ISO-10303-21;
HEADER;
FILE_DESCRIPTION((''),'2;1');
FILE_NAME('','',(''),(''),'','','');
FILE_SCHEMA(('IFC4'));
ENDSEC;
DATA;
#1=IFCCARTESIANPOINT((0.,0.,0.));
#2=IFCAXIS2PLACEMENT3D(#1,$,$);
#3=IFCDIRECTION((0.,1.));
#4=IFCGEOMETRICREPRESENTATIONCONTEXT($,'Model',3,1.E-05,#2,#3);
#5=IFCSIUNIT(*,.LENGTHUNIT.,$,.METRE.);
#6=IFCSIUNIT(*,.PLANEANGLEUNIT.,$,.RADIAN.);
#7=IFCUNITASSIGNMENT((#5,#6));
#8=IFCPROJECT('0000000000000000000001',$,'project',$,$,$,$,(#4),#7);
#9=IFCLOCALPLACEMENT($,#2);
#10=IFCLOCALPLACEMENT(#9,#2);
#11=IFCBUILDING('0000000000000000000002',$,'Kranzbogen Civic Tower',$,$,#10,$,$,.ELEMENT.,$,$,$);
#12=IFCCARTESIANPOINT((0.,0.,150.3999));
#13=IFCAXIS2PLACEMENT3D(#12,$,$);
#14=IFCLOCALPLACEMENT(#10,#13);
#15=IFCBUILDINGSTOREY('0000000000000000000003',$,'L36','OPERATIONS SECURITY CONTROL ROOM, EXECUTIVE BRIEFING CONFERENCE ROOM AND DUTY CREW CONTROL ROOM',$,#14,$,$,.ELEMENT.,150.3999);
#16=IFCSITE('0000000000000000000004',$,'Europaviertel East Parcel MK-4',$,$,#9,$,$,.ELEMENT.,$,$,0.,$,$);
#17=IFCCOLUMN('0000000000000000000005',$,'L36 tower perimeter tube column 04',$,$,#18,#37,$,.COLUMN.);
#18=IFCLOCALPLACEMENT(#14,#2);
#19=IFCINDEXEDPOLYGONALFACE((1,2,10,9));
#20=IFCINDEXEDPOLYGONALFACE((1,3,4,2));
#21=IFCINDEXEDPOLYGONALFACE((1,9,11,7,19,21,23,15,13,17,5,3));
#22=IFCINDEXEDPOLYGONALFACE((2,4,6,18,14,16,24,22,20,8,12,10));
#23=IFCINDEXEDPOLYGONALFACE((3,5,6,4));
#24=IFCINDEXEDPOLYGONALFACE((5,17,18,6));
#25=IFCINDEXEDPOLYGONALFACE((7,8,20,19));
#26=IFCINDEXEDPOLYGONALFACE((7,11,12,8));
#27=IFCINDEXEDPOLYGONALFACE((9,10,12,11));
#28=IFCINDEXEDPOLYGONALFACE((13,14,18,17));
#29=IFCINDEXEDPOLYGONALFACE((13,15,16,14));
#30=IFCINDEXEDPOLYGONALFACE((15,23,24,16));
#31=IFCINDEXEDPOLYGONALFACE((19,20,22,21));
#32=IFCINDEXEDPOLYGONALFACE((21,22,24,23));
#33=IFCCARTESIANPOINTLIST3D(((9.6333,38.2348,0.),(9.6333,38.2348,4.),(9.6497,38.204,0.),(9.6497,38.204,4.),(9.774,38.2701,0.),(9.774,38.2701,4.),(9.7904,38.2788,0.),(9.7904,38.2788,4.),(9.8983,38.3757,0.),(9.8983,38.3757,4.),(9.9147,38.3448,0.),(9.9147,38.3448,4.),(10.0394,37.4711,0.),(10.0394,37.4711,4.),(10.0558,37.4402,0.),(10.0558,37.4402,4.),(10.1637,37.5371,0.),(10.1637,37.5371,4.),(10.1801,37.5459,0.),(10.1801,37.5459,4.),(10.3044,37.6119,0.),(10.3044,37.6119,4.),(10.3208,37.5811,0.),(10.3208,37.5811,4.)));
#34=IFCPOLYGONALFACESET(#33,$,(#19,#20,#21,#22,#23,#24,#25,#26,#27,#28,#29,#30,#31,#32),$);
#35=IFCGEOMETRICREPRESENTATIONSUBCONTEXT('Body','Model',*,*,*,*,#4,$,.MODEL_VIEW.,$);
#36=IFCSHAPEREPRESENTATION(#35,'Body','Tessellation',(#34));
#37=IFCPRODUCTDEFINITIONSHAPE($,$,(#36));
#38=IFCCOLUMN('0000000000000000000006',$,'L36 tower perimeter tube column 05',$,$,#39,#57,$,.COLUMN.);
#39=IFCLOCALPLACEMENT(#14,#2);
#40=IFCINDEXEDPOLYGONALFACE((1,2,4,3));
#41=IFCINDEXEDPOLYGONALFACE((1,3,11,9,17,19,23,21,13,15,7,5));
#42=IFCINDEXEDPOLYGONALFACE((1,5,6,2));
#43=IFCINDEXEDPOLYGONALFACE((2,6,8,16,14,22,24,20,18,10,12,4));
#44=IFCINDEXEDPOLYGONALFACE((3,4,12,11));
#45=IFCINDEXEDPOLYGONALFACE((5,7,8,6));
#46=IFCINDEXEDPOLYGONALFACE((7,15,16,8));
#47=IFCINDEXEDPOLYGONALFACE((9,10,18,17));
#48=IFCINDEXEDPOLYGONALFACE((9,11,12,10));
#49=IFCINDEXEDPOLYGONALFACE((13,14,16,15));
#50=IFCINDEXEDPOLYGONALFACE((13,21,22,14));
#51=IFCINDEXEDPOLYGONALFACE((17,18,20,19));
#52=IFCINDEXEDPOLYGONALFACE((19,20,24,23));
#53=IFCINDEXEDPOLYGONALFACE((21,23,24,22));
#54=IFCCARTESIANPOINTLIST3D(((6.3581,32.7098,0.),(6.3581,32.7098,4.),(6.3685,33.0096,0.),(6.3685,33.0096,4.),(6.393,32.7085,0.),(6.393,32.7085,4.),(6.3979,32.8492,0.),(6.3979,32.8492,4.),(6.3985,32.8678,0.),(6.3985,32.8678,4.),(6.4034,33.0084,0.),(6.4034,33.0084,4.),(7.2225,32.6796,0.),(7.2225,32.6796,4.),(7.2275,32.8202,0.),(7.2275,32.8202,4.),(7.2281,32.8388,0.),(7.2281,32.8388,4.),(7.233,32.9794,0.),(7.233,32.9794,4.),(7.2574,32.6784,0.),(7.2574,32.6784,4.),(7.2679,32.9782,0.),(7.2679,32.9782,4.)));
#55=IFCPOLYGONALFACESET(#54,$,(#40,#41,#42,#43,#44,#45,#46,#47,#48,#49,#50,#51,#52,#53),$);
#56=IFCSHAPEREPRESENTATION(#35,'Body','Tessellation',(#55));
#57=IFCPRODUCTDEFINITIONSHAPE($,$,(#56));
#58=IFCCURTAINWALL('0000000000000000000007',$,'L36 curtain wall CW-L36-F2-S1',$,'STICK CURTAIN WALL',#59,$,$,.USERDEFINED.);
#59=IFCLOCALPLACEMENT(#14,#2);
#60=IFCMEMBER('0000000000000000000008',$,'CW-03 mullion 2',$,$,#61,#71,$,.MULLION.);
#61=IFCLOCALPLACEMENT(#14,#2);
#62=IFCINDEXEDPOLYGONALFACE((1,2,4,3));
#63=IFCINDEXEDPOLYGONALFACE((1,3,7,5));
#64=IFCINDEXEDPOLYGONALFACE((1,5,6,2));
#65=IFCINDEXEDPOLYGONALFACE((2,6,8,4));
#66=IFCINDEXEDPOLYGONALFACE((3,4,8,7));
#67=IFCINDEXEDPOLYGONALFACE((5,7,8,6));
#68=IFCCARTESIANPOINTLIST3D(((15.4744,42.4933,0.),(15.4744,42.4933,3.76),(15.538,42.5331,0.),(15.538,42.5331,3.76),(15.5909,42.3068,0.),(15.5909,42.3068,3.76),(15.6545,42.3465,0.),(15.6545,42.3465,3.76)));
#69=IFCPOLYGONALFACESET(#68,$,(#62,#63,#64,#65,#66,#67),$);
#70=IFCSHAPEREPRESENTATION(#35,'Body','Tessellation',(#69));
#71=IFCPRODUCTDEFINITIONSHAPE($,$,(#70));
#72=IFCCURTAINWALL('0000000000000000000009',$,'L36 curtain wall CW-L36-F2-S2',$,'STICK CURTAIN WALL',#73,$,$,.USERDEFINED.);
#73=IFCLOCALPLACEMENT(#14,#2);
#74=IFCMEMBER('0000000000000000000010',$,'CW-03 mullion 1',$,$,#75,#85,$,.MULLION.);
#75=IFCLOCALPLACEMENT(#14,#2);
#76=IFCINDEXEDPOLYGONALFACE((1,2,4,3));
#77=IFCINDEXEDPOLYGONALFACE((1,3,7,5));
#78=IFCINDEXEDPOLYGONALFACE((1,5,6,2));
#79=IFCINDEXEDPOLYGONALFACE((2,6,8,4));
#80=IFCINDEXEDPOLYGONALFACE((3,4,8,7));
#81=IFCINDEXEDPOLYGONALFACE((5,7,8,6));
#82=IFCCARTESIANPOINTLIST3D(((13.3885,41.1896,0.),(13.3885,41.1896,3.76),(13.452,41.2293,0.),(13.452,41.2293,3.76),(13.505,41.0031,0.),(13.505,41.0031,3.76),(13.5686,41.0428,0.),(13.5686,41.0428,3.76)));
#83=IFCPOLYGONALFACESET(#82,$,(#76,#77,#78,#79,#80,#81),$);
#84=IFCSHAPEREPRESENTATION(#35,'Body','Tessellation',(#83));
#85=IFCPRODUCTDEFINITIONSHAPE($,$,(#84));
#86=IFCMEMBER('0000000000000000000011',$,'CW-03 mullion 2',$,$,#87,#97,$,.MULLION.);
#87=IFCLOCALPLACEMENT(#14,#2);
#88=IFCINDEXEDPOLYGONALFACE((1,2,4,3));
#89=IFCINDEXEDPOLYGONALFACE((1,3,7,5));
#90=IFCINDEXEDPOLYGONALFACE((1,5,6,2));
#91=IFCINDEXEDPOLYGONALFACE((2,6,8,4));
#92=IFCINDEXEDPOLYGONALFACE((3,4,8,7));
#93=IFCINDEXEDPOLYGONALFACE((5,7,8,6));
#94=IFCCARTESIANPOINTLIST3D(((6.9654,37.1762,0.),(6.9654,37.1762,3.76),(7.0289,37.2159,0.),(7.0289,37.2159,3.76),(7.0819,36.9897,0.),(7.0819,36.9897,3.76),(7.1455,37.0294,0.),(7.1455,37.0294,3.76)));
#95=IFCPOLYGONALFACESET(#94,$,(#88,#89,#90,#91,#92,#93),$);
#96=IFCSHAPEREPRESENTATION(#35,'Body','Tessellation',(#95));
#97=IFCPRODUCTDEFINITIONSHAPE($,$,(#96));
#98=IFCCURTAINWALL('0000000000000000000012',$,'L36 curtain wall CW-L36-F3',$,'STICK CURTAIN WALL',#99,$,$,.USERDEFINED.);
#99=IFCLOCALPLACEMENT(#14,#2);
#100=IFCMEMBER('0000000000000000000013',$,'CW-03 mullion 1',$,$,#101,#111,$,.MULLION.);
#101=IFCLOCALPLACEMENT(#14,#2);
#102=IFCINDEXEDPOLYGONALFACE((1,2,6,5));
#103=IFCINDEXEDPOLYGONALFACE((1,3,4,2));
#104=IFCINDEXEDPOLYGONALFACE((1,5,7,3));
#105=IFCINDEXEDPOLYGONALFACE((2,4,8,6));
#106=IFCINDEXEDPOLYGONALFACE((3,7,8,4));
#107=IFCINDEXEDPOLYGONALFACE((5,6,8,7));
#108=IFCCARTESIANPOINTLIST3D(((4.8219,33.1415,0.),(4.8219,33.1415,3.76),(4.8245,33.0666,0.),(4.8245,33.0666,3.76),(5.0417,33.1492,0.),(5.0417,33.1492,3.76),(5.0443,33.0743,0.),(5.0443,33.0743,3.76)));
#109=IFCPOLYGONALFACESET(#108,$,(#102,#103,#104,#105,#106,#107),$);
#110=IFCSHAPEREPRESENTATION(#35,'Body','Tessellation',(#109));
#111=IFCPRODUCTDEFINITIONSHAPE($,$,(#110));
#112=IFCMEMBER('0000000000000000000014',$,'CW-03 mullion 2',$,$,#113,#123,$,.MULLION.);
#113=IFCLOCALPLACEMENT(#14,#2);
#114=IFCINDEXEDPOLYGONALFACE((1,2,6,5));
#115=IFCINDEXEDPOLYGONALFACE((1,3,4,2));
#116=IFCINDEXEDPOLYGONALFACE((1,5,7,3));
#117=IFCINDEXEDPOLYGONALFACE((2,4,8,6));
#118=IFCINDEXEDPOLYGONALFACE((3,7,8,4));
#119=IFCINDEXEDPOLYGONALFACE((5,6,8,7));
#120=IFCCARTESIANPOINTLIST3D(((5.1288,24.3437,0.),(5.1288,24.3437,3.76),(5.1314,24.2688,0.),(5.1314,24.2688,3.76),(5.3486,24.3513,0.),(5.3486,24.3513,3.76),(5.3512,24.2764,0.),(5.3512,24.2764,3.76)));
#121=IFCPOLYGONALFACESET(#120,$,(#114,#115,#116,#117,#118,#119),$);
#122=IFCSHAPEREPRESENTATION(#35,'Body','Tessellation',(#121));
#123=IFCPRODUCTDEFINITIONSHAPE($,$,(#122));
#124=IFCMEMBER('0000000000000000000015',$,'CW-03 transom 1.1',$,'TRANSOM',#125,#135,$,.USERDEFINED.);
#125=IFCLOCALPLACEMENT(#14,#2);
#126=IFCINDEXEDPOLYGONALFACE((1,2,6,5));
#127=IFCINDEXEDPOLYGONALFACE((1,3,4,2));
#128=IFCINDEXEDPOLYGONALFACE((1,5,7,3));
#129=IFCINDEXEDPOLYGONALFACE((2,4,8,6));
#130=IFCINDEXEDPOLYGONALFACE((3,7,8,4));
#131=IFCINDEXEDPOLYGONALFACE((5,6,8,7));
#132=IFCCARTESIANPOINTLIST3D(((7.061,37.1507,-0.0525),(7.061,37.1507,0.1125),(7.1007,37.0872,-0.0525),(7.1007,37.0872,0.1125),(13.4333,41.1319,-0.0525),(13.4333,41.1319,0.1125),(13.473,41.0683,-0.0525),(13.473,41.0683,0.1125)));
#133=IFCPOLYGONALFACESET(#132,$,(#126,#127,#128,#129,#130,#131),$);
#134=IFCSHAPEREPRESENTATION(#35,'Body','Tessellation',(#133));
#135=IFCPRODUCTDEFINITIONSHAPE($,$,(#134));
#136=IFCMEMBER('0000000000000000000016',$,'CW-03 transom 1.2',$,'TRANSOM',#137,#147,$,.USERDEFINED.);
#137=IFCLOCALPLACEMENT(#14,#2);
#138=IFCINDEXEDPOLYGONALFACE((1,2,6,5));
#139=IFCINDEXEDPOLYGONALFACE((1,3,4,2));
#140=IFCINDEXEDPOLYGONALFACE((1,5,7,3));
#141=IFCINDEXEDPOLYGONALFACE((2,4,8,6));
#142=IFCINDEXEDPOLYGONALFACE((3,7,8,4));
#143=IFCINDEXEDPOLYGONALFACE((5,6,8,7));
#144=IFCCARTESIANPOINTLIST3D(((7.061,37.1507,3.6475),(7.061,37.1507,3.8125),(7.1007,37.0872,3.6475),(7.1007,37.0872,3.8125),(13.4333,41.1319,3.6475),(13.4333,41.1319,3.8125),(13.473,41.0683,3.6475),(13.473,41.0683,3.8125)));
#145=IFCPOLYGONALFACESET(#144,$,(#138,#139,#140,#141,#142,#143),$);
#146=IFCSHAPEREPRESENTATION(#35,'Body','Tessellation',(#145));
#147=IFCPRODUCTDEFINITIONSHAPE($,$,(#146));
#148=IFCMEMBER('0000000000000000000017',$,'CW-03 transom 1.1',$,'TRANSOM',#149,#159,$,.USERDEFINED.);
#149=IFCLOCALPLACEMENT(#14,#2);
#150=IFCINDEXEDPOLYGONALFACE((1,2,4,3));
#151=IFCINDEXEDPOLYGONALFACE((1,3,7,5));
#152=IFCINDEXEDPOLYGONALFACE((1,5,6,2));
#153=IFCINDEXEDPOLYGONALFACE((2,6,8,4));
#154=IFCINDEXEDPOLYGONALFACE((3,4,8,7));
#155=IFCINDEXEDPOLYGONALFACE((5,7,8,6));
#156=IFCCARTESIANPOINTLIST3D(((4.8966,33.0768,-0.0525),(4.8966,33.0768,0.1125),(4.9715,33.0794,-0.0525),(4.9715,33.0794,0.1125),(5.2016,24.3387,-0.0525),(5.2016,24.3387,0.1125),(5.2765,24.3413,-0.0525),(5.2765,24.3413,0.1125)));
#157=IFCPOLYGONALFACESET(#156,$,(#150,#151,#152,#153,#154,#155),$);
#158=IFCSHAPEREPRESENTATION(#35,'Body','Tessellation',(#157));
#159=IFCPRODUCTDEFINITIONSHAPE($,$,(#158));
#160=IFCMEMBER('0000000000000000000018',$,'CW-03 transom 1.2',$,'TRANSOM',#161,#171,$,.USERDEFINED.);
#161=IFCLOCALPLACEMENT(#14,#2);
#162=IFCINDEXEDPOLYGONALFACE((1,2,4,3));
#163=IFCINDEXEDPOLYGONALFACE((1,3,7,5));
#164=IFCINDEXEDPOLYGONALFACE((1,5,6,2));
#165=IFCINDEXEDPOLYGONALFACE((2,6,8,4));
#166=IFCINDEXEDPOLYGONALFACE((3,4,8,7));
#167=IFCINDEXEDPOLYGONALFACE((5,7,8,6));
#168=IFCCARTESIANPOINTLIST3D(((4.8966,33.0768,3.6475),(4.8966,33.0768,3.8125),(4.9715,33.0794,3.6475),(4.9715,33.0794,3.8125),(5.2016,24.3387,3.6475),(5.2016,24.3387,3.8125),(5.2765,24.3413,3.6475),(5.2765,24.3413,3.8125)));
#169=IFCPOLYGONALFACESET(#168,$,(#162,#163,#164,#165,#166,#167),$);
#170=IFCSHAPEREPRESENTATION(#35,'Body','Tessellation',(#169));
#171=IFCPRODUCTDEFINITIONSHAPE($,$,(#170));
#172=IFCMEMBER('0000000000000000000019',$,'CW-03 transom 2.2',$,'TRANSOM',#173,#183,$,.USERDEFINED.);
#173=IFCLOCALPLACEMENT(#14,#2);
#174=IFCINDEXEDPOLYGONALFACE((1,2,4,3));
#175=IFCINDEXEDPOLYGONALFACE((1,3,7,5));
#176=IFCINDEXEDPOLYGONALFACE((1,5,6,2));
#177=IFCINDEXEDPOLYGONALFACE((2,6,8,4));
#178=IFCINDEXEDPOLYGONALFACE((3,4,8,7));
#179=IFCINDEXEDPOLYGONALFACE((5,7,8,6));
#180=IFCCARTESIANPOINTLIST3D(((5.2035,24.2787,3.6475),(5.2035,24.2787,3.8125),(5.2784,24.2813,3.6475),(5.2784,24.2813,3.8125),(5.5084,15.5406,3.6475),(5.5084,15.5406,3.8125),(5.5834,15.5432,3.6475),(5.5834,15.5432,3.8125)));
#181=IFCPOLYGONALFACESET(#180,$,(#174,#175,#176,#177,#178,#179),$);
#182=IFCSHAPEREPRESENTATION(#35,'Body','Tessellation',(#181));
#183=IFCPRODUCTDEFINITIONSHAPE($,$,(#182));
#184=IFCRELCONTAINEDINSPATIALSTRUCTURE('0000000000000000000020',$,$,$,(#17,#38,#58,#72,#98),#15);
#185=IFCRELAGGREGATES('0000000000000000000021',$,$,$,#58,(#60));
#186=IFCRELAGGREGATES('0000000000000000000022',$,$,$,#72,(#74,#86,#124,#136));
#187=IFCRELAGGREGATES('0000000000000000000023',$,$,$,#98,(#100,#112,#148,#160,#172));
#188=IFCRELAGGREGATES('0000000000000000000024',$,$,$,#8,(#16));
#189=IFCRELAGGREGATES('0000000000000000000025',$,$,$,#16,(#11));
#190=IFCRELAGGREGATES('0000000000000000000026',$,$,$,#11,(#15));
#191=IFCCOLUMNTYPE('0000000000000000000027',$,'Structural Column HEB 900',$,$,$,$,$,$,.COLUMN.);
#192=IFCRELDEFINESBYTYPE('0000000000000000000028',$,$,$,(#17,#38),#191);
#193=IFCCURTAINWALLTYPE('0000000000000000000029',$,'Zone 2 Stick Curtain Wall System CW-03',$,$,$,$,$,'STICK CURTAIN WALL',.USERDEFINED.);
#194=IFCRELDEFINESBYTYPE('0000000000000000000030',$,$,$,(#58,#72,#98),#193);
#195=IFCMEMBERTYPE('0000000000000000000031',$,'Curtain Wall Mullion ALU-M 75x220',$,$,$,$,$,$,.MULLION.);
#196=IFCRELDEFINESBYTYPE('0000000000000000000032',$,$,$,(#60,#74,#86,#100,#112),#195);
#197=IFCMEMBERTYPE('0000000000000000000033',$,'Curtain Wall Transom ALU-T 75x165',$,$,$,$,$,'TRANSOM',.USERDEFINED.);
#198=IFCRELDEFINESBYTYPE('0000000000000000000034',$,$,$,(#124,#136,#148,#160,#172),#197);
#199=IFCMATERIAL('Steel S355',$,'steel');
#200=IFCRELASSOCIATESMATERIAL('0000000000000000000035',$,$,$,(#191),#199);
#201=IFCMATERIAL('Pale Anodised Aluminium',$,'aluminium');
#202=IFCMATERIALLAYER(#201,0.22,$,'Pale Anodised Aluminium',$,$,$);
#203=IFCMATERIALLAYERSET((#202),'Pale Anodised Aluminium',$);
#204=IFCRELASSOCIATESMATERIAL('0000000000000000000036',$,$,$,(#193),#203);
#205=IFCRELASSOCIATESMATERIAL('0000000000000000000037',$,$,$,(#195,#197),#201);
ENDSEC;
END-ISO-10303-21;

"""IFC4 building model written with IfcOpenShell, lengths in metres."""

from ifc_helpers import new_model, si_unit, direction, frame, origin, origin_2d, place, context, subcontext, project, spatial, rectangle, i_section, extrude, material, layer, layer_set, material_profile, profile_set, type_object, element, aggregate, save


model = new_model("IFC4")

# Units and contexts
model_context = context("Model", 3, precision=1e-05, world=origin(), true_north=direction((0.0, 1.0)))
body_context = subcontext(model_context, "Body", "Model", "MODEL_VIEW")
ifc_project = project(units=[si_unit("LENGTHUNIT", "METRE"), si_unit("PLANEANGLEUNIT", "RADIAN")], contexts=[model_context])

# Site, building, storey
site_placement = place(None, origin())
site = spatial("IfcSite", under=ifc_project, at=site_placement, Name="Europaviertel East Parcel MK-4", CompositionType="ELEMENT", RefElevation=0.0)
building_placement = place(site_placement, origin())
building = spatial("IfcBuilding", under=site, at=building_placement, Name="Kranzbogen Civic Tower", CompositionType="ELEMENT")
storey_placement = place(building_placement, frame((0.0, 0.0, 150.3999)))
storey = spatial("IfcBuildingStorey", under=building, at=storey_placement, Name="L36", Description="OPERATIONS SECURITY CONTROL ROOM, EXECUTIVE BRIEFING CONFERENCE ROOM AND DUTY CREW CONTROL ROOM", CompositionType="ELEMENT", Elevation=150.3999)

# Columns
ifc_material_1 = material(Name="Steel S355", Category="steel")
ifc_material_profile_1 = material_profile(ifc_material_1, i_section(OverallWidth=0.3, OverallDepth=0.8999, WebThickness=0.0186, FlangeThickness=0.0349, at=origin_2d()), Name="HEB 900")
ifc_profile_set_1 = profile_set([ifc_material_profile_1], Name="Steel S355")
column_type = type_object("IfcColumnType", Name="Structural Column HEB 900", PredefinedType="COLUMN", material=ifc_profile_set_1)
for number, where, z_axis, x_axis, name in (
    (1, (9.9771, 37.908, 0.0), (0.0, 0.0, 1.0), (0.882948, 0.469472, 0.0), "L36 tower perimeter tube column 04"),
    (2, (6.813, 32.844, 0.0), (0.0, 0.0, 1.0), (0.034899, 0.999391, 0.0), "L36 tower perimeter tube column 05"),
):
    element("IfcColumn", number, at=place(storey_placement, frame(where, z_axis=z_axis, x_axis=x_axis)), inside=storey, type_object=column_type, Name=name, PredefinedType="COLUMN", context=body_context, shape_type="SweptSolid", body=[
        extrude(i_section(OverallWidth=0.3, OverallDepth=0.8999, WebThickness=0.0186, FlangeThickness=0.0349, at=origin_2d()), origin(), (0.0, 0.0, 1.0), 4.0),
    ])

# Curtain wall, member
ifc_material_2 = material(Name="Pale Anodised Aluminium", Category="aluminium")
ifc_layer_1 = layer(ifc_material_2, 0.22, Name="Pale Anodised Aluminium")
ifc_layer_set_1 = layer_set([ifc_layer_1], Name="Pale Anodised Aluminium")
curtain_wall_type = type_object("IfcCurtainWallType", Name="Zone 2 Stick Curtain Wall System CW-03", ElementType="STICK CURTAIN WALL", PredefinedType="USERDEFINED", material=ifc_layer_set_1)
curtain_wall_1_placement = place(storey_placement, origin())
curtain_wall_1 = element("IfcCurtainWall", 3, at=curtain_wall_1_placement, inside=storey, type_object=curtain_wall_type, Name="L36 curtain wall CW-L36-F2-S1", ObjectType="STICK CURTAIN WALL", PredefinedType="USERDEFINED")
ifc_material_profile_2 = material_profile(ifc_material_2, rectangle(XDim=0.075, YDim=0.22, at=origin_2d()), Name="ALU-M 75x220")
ifc_profile_set_2 = profile_set([ifc_material_profile_2], Name="Pale Anodised Aluminium")
member_type_1 = type_object("IfcMemberType", Name="Curtain Wall Mullion ALU-M 75x220", PredefinedType="MULLION", material=ifc_profile_set_2)
member_1_placement = place(storey_placement, frame((15.5645, 42.4199, 0.0), z_axis=(0.0, 0.0, 1.0), x_axis=(-0.848109, -0.529822, 0.0)))
member_1 = element("IfcMember", 4, at=member_1_placement, type_object=member_type_1, Name="CW-03 mullion 2", PredefinedType="MULLION", context=body_context, shape_type="SweptSolid", body=[
    extrude(rectangle(XDim=0.075, YDim=0.22, at=origin_2d()), origin(), (0.0, 0.0, 1.0), 3.76),
])
aggregate(curtain_wall_1, [member_1])

# Curtain walls, members
curtain_wall_2_placement = place(storey_placement, origin())
curtain_wall_2 = element("IfcCurtainWall", 5, at=curtain_wall_2_placement, inside=storey, type_object=curtain_wall_type, Name="L36 curtain wall CW-L36-F2-S2", ObjectType="STICK CURTAIN WALL", PredefinedType="USERDEFINED")
member_2_placement = place(storey_placement, frame((13.4785, 41.1162, 0.0), z_axis=(0.0, 0.0, 1.0), x_axis=(-0.848072, -0.529881, 0.0)))
member_2 = element("IfcMember", 6, at=member_2_placement, type_object=member_type_1, Name="CW-03 mullion 1", PredefinedType="MULLION", context=body_context, shape_type="SweptSolid", body=[
    extrude(rectangle(XDim=0.075, YDim=0.22, at=origin_2d()), origin(), (0.0, 0.0, 1.0), 3.76),
])
member_3_placement = place(storey_placement, frame((7.0554, 37.1028, 0.0), z_axis=(0.0, 0.0, 1.0), x_axis=(-0.848072, -0.529881, 0.0)))
member_3 = element("IfcMember", 7, at=member_3_placement, type_object=member_type_1, Name="CW-03 mullion 2", PredefinedType="MULLION", context=body_context, shape_type="SweptSolid", body=[
    extrude(rectangle(XDim=0.075, YDim=0.22, at=origin_2d()), origin(), (0.0, 0.0, 1.0), 3.76),
])
curtain_wall_3_placement = place(storey_placement, origin())
curtain_wall_3 = element("IfcCurtainWall", 8, at=curtain_wall_3_placement, inside=storey, type_object=curtain_wall_type, Name="L36 curtain wall CW-L36-F3", ObjectType="STICK CURTAIN WALL", PredefinedType="USERDEFINED")
member_4_placement = place(storey_placement, frame((4.9331, 33.1079, 0.0), z_axis=(0.0, 0.0, 1.0), x_axis=(0.034868, -0.999392, 0.0)))
member_4 = element("IfcMember", 9, at=member_4_placement, type_object=member_type_1, Name="CW-03 mullion 1", PredefinedType="MULLION", context=body_context, shape_type="SweptSolid", body=[
    extrude(rectangle(XDim=0.075, YDim=0.22, at=origin_2d()), origin(), (0.0, 0.0, 1.0), 3.76),
])
member_5_placement = place(storey_placement, frame((5.24, 24.3101, 0.0), z_axis=(0.0, 0.0, 1.0), x_axis=(0.034868, -0.999392, 0.0)))
member_5 = element("IfcMember", 10, at=member_5_placement, type_object=member_type_1, Name="CW-03 mullion 2", PredefinedType="MULLION", context=body_context, shape_type="SweptSolid", body=[
    extrude(rectangle(XDim=0.075, YDim=0.22, at=origin_2d()), origin(), (0.0, 0.0, 1.0), 3.76),
])

# Members
ifc_material_profile_3 = material_profile(ifc_material_2, rectangle(XDim=0.075, YDim=0.165, at=origin_2d()), Name="ALU-T 75x165")
ifc_profile_set_3 = profile_set([ifc_material_profile_3], Name="Pale Anodised Aluminium")
member_type_2 = type_object("IfcMemberType", Name="Curtain Wall Transom ALU-T 75x165", ElementType="TRANSOM", PredefinedType="USERDEFINED", material=ifc_profile_set_3)
member_6_placement = place(storey_placement, frame((13.4531, 41.1001, 0.03), z_axis=(-0.848088, -0.529856, 0.0), x_axis=(0.529856, -0.848088, 0.0)))
member_6 = element("IfcMember", 11, at=member_6_placement, type_object=member_type_2, Name="CW-03 transom 1.1", ObjectType="TRANSOM", PredefinedType="USERDEFINED", context=body_context, shape_type="SweptSolid", body=[
    extrude(rectangle(XDim=0.075, YDim=0.165, at=origin_2d()), origin(), (0.0, 0.0, 1.0), 7.5137),
])
member_7_placement = place(storey_placement, frame((13.4531, 41.1001, 3.73), z_axis=(-0.848088, -0.529856, 0.0), x_axis=(0.529856, -0.848088, 0.0)))
member_7 = element("IfcMember", 12, at=member_7_placement, type_object=member_type_2, Name="CW-03 transom 1.2", ObjectType="TRANSOM", PredefinedType="USERDEFINED", context=body_context, shape_type="SweptSolid", body=[
    extrude(rectangle(XDim=0.075, YDim=0.165, at=origin_2d()), origin(), (0.0, 0.0, 1.0), 7.5137),
])
member_8_placement = place(storey_placement, frame((4.9341, 33.0781, 0.03), z_axis=(0.034876, -0.999392, 0.0), x_axis=(0.999392, 0.034876, 0.0)))
member_8 = element("IfcMember", 13, at=member_8_placement, type_object=member_type_2, Name="CW-03 transom 1.1", ObjectType="TRANSOM", PredefinedType="USERDEFINED", context=body_context, shape_type="SweptSolid", body=[
    extrude(rectangle(XDim=0.075, YDim=0.165, at=origin_2d()), origin(), (0.0, 0.0, 1.0), 8.7434),
])
member_9_placement = place(storey_placement, frame((4.9341, 33.0781, 3.73), z_axis=(0.034876, -0.999392, 0.0), x_axis=(0.999392, 0.034876, 0.0)))
member_9 = element("IfcMember", 14, at=member_9_placement, type_object=member_type_2, Name="CW-03 transom 1.2", ObjectType="TRANSOM", PredefinedType="USERDEFINED", context=body_context, shape_type="SweptSolid", body=[
    extrude(rectangle(XDim=0.075, YDim=0.165, at=origin_2d()), origin(), (0.0, 0.0, 1.0), 8.7434),
])
member_10_placement = place(storey_placement, frame((5.241, 24.28, 3.73), z_axis=(0.034876, -0.999392, 0.0), x_axis=(0.999392, 0.034876, 0.0)))
member_10 = element("IfcMember", 15, at=member_10_placement, type_object=member_type_2, Name="CW-03 transom 2.2", ObjectType="TRANSOM", PredefinedType="USERDEFINED", context=body_context, shape_type="SweptSolid", body=[
    extrude(rectangle(XDim=0.075, YDim=0.165, at=origin_2d()), origin(), (0.0, 0.0, 1.0), 8.7434),
])

aggregate(curtain_wall_2, [member_2, member_3, member_6, member_7])
aggregate(curtain_wall_3, [member_4, member_5, member_8, member_9, member_10])

save(model, "model.ifc")
